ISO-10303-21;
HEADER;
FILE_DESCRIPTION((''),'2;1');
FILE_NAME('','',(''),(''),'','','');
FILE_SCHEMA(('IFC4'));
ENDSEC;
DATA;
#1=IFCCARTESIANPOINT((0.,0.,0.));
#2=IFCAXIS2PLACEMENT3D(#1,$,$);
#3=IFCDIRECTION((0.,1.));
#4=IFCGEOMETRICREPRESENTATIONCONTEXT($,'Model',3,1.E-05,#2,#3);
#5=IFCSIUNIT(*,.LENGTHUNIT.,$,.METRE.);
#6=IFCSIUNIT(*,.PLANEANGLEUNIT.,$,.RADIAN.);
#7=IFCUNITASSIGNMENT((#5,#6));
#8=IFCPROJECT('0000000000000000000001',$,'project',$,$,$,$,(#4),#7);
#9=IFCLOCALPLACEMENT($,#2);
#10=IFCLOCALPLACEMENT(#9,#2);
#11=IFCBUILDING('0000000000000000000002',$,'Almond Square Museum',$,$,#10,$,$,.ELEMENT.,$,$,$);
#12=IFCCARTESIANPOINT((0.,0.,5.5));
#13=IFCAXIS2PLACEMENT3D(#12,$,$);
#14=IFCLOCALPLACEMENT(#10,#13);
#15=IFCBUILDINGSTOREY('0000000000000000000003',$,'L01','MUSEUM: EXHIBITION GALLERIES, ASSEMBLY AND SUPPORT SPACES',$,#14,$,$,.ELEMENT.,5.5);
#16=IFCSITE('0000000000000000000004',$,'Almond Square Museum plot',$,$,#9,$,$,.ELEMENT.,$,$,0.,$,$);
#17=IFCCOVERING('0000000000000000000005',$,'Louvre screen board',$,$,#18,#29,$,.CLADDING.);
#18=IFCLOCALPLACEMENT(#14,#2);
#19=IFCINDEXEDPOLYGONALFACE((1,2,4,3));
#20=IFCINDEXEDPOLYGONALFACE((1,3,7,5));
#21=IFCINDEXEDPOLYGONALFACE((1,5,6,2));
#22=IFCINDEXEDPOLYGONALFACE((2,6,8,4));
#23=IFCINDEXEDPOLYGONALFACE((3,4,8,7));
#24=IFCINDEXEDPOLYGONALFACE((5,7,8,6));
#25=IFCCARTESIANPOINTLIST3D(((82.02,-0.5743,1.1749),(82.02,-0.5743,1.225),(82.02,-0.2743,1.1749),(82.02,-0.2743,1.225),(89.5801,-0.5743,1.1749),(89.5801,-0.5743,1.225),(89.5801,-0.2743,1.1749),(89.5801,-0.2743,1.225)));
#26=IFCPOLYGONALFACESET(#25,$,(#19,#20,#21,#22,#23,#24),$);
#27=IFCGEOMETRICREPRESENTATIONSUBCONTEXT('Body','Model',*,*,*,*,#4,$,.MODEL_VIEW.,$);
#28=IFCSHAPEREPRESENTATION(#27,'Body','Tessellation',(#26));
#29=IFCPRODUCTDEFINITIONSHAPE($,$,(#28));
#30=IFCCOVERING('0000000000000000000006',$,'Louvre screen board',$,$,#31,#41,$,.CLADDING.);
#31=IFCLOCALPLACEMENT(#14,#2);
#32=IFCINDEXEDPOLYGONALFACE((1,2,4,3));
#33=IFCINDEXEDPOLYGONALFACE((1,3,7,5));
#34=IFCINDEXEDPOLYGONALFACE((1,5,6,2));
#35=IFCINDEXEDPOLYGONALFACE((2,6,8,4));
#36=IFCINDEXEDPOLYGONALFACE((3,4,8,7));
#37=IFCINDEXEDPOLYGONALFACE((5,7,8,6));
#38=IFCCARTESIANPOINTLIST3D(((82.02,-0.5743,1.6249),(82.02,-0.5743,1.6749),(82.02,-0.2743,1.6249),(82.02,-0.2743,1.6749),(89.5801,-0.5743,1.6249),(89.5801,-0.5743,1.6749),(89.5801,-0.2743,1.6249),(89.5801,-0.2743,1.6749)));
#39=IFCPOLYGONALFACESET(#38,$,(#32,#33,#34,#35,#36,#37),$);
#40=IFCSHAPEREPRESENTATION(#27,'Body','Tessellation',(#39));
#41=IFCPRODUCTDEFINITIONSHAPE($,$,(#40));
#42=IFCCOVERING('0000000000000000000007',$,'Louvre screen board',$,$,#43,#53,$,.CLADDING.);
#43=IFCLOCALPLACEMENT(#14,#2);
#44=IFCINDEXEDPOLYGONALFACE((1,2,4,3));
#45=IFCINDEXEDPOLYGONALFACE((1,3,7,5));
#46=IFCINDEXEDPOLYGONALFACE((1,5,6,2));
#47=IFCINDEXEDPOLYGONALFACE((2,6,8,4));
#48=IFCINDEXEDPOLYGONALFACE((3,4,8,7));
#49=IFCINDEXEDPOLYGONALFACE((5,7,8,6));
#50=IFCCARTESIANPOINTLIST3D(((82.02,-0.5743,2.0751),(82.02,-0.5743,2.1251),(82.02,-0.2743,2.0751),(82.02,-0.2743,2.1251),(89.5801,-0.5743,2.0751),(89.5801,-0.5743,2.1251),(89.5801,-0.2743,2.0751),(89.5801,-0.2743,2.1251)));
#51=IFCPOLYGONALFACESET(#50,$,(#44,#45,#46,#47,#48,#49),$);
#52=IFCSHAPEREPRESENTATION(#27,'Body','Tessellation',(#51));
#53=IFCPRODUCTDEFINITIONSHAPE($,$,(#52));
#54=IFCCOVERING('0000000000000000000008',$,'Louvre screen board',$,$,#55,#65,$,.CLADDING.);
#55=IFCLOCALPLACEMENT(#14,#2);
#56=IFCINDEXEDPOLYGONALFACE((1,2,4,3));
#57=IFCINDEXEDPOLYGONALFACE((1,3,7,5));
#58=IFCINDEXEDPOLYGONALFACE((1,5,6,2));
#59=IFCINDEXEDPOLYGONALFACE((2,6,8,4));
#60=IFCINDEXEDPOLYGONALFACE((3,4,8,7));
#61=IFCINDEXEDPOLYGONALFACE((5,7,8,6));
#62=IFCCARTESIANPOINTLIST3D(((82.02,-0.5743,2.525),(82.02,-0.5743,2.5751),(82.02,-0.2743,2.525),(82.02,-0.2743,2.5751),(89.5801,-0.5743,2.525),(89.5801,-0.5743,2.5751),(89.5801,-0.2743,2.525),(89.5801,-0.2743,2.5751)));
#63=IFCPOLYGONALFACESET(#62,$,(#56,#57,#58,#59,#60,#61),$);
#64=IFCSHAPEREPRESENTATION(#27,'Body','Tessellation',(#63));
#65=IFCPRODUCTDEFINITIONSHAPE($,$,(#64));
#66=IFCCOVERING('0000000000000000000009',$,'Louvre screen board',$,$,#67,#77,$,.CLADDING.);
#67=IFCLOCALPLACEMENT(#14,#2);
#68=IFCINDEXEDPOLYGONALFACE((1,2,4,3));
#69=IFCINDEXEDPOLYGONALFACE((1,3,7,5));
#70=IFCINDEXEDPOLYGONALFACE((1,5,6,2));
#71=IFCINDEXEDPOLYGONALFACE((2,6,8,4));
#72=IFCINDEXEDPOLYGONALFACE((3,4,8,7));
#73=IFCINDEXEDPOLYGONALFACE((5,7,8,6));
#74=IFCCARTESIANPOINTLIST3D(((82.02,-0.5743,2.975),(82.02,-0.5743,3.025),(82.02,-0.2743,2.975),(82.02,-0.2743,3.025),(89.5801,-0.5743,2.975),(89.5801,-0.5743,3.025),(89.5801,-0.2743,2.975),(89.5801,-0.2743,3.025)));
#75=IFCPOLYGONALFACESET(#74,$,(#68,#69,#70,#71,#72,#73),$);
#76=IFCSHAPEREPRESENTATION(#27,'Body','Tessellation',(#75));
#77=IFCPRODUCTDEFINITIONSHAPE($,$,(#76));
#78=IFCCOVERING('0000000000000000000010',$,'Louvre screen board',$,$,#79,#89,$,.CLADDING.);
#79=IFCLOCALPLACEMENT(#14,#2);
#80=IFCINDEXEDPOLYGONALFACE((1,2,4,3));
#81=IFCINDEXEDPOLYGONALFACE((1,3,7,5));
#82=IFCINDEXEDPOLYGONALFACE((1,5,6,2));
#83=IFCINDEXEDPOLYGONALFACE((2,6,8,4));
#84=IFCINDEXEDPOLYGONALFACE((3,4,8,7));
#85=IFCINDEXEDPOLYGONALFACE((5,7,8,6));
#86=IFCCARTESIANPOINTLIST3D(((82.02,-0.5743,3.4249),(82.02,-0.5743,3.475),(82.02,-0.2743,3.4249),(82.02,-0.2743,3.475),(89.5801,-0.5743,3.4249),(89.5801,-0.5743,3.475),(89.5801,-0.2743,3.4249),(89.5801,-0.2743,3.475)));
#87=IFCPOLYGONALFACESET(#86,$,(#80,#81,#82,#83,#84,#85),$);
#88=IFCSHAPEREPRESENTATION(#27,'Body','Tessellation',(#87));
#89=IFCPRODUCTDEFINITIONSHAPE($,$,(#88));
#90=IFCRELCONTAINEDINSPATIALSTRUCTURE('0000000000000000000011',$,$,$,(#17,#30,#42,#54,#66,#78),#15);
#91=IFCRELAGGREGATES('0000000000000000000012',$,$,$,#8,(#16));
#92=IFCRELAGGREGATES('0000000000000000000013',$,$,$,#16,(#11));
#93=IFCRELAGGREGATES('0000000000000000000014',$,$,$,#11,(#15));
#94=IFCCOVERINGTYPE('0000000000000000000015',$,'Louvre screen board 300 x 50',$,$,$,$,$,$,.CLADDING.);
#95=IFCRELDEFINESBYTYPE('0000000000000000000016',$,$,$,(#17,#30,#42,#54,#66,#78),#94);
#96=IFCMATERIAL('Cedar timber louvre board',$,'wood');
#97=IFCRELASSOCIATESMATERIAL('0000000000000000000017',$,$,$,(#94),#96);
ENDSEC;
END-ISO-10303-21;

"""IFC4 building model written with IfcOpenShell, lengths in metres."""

from ifc_helpers import new_model, si_unit, direction, frame, origin, origin_2d, place, context, subcontext, project, spatial, rectangle, extrude, material, material_profile, profile_set, type_object, element, save


model = new_model("IFC4")

# Units and contexts
model_context = context("Model", 3, precision=1e-05, world=origin(), true_north=direction((0.0, 1.0)))
body_context = subcontext(model_context, "Body", "Model", "MODEL_VIEW")
ifc_project = project(units=[si_unit("LENGTHUNIT", "METRE"), si_unit("PLANEANGLEUNIT", "RADIAN")], contexts=[model_context])

# Site, building, storey
site_placement = place(None, origin())
site = spatial("IfcSite", under=ifc_project, at=site_placement, Name="Almond Square Museum plot", CompositionType="ELEMENT", RefElevation=0.0)
building_placement = place(site_placement, origin())
building = spatial("IfcBuilding", under=site, at=building_placement, Name="Almond Square Museum", CompositionType="ELEMENT")
storey_placement = place(building_placement, frame((0.0, 0.0, 5.5)))
storey = spatial("IfcBuildingStorey", under=building, at=storey_placement, Name="L01", Description="MUSEUM: EXHIBITION GALLERIES, ASSEMBLY AND SUPPORT SPACES", CompositionType="ELEMENT", Elevation=5.5)

# Coverings
ifc_material_1 = material(Name="Cedar timber louvre board", Category="wood")
ifc_material_profile_1 = material_profile(ifc_material_1, rectangle(XDim=0.3, YDim=0.05, at=origin_2d()))
ifc_profile_set_1 = profile_set([ifc_material_profile_1], Name="Cedar timber louvre board")
covering_type = type_object("IfcCoveringType", Name="Louvre screen board 300 x 50", PredefinedType="CLADDING", material=ifc_profile_set_1)
for number, where, z_axis, x_axis, name in (
    (1, (82.02, -0.4243, 1.2), (1.0, 0.0, 0.0), (0.0, 1.0, 0.0), "Louvre screen board"),
    (2, (82.02, -0.4243, 1.6499), (1.0, 0.0, 0.0), (0.0, 1.0, 0.0), "Louvre screen board"),
    (3, (82.02, -0.4243, 2.1001), (1.0, 0.0, 0.0), (0.0, 1.0, 0.0), "Louvre screen board"),
    (4, (82.02, -0.4243, 2.55), (1.0, 0.0, 0.0), (0.0, 1.0, 0.0), "Louvre screen board"),
    (5, (82.02, -0.4243, 3.0), (1.0, 0.0, 0.0), (0.0, 1.0, 0.0), "Louvre screen board"),
    (6, (82.02, -0.4243, 3.45), (1.0, 0.0, 0.0), (0.0, 1.0, 0.0), "Louvre screen board"),
):
    element("IfcCovering", number, at=place(storey_placement, frame(where, z_axis=z_axis, x_axis=x_axis)), inside=storey, type_object=covering_type, Name=name, PredefinedType="CLADDING", context=body_context, shape_type="SweptSolid", body=[
        extrude(rectangle(XDim=0.3, YDim=0.05, at=origin_2d()), origin(), (0.0, 0.0, 1.0), 7.5601),
    ])

save(model, "model.ifc")
